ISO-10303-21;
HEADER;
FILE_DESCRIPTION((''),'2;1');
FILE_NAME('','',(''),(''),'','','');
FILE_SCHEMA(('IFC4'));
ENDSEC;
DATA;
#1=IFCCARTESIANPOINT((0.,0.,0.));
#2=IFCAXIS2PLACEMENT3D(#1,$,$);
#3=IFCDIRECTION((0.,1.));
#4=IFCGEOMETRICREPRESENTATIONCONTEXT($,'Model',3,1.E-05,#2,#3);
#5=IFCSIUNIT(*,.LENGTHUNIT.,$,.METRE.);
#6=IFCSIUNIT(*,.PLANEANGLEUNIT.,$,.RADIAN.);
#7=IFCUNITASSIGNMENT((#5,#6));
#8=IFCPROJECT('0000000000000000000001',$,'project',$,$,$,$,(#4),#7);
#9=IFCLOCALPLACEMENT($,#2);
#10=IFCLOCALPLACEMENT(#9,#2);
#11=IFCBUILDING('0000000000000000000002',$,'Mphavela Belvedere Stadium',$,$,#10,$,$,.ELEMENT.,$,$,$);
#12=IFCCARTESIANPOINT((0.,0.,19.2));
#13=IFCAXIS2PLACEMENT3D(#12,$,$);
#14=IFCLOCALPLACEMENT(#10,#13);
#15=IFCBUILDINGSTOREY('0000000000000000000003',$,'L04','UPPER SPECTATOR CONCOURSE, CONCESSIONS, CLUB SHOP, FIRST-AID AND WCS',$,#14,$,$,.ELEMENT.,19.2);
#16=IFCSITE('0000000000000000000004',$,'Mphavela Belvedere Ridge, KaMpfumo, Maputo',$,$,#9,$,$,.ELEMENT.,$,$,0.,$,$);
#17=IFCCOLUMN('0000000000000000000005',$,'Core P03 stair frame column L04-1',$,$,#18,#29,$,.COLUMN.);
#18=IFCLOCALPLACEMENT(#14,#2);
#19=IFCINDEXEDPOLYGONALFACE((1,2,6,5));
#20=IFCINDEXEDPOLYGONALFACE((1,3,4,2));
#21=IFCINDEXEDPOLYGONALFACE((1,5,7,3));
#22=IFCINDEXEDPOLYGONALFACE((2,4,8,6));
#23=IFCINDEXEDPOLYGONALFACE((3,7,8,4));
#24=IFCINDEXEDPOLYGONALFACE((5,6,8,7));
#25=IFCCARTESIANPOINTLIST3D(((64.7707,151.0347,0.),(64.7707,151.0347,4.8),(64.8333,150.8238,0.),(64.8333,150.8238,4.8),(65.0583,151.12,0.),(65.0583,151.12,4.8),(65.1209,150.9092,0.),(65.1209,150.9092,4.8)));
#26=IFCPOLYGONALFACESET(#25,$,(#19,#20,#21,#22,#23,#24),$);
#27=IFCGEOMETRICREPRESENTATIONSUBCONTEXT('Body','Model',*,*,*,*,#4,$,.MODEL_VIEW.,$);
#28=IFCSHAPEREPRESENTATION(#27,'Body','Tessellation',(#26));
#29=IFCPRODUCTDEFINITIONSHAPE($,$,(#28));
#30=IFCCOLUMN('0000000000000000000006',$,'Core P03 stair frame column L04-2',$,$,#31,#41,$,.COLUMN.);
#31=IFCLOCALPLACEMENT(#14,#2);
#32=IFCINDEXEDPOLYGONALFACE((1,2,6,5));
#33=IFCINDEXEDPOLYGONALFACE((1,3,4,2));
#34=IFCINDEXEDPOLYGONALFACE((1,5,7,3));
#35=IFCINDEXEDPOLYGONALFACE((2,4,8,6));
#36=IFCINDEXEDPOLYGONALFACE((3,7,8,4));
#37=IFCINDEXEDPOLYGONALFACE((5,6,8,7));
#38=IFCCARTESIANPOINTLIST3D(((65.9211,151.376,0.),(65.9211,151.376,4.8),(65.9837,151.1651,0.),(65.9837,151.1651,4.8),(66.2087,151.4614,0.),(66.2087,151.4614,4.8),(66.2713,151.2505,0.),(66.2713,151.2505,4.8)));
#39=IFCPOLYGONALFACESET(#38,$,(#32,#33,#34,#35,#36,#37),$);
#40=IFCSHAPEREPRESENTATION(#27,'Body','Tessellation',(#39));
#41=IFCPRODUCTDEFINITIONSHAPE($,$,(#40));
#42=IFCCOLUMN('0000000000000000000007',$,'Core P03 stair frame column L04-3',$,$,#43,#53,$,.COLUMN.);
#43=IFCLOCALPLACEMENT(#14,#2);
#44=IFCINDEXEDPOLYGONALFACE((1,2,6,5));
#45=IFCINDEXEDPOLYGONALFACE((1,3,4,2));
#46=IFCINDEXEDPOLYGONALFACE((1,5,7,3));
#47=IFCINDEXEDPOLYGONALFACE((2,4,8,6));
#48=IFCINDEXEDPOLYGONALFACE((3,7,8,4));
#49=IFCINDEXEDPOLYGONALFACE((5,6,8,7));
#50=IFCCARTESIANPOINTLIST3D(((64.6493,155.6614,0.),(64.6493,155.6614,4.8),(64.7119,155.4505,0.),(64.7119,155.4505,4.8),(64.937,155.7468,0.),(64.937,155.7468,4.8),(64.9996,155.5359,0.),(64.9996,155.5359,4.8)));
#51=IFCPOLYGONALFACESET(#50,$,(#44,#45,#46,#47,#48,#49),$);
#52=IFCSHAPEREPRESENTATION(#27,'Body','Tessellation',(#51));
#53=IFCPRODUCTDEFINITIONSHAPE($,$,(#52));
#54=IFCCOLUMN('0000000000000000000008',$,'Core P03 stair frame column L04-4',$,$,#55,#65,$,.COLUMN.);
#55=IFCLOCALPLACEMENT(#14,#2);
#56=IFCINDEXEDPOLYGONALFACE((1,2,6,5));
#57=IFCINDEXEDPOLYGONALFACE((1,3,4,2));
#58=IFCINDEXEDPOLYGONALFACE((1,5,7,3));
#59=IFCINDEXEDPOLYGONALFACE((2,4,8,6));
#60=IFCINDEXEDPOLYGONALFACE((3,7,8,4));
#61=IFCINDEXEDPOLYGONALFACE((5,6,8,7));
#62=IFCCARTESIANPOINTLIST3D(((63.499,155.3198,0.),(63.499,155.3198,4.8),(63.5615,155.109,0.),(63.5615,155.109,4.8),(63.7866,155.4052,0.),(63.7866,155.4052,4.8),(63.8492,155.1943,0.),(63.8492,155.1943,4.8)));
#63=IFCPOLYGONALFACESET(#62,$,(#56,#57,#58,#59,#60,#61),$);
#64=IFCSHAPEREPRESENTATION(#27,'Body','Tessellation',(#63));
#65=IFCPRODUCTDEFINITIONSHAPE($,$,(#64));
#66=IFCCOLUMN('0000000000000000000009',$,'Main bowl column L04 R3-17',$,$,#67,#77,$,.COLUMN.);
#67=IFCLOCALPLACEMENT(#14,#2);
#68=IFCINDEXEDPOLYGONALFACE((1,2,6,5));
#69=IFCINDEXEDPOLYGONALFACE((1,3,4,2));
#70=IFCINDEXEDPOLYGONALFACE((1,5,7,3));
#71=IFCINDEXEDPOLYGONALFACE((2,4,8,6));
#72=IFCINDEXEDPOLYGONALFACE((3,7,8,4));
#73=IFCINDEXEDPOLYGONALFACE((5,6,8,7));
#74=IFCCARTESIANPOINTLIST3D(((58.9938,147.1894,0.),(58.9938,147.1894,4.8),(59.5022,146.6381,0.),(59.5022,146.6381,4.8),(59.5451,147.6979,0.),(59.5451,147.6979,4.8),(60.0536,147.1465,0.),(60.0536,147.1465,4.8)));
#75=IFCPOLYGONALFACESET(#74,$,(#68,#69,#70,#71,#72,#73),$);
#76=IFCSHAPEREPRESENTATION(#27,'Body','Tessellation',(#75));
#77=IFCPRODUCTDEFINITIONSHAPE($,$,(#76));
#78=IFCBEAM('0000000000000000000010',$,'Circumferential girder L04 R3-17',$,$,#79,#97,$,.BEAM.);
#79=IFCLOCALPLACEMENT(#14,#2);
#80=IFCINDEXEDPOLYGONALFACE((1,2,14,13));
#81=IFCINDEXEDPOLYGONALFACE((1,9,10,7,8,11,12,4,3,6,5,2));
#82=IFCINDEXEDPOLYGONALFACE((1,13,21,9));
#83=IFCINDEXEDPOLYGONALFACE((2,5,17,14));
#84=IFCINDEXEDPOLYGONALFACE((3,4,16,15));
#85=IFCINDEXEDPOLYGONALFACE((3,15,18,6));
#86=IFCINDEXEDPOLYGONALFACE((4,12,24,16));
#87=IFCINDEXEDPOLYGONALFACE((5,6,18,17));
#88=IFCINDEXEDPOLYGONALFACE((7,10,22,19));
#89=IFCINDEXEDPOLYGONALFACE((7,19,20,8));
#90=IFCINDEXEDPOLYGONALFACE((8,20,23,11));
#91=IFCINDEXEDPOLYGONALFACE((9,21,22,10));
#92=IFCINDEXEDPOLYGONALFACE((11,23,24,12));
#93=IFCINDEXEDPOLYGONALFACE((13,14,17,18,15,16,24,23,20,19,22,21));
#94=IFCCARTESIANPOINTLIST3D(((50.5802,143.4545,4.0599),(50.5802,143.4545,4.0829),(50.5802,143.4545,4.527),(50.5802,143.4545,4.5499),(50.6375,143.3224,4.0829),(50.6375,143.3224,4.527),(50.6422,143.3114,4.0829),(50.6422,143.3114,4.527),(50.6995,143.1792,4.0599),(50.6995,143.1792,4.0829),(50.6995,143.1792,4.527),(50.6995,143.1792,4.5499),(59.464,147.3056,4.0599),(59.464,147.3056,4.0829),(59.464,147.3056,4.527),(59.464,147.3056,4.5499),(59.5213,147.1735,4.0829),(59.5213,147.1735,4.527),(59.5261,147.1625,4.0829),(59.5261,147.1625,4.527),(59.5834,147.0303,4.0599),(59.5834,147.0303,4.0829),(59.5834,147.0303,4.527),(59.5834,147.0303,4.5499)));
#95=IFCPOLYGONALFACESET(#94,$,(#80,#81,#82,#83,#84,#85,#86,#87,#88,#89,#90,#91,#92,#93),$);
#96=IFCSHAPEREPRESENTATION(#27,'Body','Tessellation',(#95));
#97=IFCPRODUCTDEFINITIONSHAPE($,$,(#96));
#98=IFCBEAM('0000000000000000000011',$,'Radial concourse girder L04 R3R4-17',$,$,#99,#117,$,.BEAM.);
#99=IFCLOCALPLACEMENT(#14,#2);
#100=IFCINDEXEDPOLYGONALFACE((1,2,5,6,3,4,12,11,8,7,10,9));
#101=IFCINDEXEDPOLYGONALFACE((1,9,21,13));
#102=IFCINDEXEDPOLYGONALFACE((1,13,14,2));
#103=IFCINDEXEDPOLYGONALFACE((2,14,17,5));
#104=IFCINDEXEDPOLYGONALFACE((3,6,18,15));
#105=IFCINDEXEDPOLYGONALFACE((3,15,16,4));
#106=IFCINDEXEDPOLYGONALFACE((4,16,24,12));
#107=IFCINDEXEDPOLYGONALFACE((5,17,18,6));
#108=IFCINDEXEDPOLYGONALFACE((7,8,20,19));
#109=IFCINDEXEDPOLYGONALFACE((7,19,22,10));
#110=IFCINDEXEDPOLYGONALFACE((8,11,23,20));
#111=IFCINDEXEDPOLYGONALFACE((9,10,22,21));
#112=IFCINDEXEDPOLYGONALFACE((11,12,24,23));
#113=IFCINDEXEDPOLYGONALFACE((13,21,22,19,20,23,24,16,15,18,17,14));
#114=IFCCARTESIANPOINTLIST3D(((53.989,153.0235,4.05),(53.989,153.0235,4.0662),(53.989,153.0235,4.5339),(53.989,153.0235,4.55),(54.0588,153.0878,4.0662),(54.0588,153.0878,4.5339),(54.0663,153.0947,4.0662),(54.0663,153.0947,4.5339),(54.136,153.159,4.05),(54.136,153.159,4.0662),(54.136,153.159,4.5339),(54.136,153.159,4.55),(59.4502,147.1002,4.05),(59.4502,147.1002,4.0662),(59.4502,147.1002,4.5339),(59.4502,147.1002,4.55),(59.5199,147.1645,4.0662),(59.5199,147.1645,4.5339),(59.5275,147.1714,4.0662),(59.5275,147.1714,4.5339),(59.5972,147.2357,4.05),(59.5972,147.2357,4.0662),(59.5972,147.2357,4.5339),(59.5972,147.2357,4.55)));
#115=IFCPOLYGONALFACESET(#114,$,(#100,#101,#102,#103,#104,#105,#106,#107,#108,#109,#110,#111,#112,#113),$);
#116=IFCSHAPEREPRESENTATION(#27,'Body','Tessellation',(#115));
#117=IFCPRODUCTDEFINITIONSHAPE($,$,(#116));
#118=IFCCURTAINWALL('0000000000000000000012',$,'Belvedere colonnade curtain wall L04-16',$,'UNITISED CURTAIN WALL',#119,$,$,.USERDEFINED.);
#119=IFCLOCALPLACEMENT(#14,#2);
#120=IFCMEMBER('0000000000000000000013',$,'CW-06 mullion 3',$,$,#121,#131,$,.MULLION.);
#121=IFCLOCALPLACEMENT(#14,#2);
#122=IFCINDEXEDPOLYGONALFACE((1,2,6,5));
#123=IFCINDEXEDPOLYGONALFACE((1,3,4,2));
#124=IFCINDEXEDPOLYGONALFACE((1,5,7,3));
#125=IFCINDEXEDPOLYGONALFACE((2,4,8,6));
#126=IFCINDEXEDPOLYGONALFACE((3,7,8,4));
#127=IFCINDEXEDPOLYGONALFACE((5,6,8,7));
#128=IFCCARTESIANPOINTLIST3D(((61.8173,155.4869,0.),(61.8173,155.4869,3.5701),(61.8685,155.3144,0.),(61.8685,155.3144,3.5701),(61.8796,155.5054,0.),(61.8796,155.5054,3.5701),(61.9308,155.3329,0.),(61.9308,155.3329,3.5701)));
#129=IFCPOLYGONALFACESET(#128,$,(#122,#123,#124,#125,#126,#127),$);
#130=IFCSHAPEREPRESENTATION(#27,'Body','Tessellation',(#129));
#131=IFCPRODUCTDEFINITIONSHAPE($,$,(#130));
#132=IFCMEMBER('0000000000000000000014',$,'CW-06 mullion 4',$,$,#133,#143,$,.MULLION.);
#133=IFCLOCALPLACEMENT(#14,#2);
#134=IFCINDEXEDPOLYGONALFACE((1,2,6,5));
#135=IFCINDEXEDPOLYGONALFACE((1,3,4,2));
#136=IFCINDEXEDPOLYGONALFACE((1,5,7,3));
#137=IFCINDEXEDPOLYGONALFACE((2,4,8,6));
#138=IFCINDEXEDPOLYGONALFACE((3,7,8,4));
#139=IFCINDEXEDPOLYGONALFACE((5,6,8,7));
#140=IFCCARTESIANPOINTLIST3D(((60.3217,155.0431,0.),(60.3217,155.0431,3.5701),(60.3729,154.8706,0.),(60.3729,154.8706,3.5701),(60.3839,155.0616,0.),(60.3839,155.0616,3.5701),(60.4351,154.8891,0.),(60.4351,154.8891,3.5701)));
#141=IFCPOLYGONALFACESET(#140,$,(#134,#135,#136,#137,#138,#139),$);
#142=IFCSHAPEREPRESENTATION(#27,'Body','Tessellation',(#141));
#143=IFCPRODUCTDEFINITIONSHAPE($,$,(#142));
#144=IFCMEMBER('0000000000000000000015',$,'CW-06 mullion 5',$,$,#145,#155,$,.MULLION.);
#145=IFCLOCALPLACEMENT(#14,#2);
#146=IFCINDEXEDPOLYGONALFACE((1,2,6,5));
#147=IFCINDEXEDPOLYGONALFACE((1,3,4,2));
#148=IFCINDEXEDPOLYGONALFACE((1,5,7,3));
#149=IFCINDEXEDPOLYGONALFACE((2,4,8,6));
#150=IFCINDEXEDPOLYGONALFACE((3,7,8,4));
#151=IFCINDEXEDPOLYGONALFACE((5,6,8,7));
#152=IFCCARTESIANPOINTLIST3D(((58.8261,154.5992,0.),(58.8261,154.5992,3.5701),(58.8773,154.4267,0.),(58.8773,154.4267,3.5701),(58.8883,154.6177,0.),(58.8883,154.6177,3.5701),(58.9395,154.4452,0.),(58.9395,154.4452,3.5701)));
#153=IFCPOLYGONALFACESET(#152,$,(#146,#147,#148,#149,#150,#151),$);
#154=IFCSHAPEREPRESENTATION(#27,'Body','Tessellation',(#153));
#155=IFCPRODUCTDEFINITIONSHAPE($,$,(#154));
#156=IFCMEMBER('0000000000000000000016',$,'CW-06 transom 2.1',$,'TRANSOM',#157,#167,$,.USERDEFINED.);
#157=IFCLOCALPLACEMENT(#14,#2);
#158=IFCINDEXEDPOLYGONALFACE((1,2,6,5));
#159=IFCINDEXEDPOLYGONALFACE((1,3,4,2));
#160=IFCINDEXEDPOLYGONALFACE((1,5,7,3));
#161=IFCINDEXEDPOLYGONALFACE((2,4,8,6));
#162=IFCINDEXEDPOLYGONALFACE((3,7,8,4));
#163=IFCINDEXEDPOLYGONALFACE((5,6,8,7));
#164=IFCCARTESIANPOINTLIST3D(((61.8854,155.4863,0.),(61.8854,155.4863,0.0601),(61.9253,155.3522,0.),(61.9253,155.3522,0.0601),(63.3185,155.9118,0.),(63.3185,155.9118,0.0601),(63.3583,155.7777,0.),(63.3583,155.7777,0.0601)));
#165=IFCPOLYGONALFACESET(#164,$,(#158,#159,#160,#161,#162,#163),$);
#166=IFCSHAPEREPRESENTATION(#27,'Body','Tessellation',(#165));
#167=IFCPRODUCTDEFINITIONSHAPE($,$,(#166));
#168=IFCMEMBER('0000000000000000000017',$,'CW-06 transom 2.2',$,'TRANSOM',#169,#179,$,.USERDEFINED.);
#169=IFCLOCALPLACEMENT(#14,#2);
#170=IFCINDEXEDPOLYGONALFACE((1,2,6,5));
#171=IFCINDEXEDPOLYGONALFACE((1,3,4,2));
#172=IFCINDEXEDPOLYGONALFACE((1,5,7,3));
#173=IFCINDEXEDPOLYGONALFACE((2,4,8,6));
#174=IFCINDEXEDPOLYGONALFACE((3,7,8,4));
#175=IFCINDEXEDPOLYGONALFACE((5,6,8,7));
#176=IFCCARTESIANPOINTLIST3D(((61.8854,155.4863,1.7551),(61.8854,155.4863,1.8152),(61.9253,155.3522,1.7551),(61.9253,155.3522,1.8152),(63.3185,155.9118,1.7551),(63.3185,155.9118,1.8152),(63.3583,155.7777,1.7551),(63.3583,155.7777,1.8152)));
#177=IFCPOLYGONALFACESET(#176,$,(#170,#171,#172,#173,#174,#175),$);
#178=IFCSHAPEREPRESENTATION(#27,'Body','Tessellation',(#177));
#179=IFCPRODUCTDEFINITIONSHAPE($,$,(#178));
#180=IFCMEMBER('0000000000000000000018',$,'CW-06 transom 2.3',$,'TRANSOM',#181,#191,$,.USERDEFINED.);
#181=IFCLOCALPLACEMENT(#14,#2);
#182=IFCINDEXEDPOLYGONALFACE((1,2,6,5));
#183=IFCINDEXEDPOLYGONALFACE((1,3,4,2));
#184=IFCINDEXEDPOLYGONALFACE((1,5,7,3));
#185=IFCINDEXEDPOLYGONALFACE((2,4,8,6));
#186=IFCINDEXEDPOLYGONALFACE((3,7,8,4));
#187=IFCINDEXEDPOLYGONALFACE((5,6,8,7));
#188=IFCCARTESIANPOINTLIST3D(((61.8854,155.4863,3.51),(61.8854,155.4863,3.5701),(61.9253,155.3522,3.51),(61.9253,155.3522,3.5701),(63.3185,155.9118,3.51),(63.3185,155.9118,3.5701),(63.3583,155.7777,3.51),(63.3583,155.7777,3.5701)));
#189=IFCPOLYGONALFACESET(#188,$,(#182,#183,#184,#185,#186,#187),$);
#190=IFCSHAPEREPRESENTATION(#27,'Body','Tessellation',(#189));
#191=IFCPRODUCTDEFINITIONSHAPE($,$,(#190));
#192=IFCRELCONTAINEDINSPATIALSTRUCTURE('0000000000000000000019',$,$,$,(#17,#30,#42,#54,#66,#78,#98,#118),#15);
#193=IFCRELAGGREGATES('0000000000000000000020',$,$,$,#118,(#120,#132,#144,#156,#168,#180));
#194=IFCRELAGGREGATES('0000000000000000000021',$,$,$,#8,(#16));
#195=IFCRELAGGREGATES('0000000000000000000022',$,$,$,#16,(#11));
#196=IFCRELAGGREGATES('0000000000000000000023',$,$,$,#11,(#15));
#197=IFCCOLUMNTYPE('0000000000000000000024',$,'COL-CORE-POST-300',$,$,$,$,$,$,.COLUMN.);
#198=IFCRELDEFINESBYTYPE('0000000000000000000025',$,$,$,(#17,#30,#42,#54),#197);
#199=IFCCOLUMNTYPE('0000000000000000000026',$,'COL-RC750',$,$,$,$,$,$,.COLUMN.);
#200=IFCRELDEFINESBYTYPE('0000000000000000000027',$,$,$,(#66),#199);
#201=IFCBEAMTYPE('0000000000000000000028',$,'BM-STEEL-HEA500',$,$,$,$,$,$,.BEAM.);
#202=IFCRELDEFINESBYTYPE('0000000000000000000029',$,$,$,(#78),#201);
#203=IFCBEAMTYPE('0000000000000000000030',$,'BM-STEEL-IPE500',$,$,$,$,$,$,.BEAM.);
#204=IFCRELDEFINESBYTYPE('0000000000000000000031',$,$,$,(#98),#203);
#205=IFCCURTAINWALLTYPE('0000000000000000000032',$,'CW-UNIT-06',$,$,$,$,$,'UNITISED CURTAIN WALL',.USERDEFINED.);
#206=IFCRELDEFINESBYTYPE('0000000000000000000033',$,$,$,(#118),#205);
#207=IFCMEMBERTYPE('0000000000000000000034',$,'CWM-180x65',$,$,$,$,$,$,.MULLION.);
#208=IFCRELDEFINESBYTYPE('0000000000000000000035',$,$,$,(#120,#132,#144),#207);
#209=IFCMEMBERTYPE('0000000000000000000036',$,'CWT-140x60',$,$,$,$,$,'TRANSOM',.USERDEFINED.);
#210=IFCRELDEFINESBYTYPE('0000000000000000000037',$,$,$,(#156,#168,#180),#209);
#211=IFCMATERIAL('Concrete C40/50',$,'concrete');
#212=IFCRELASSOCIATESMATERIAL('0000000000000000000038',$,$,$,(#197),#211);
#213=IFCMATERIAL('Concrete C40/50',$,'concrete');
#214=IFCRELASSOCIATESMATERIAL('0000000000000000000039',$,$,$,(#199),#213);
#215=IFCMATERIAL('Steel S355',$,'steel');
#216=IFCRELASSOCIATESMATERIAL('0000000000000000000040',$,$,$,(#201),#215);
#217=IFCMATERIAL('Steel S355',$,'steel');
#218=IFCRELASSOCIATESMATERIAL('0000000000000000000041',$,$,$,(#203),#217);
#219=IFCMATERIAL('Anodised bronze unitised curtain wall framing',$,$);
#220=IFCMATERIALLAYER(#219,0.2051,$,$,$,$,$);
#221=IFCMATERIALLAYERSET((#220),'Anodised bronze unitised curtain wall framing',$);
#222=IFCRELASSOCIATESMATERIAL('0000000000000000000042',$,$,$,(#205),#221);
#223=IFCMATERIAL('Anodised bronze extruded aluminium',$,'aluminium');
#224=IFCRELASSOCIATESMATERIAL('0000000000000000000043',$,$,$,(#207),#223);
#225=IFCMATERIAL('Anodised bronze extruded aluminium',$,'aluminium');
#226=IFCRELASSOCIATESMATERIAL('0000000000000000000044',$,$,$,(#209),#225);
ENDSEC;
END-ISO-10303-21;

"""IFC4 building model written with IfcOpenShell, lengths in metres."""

from ifc_helpers import new_model, si_unit, direction, frame, origin, origin_2d, place, context, subcontext, project, spatial, rectangle, i_section, extrude, material, layer, layer_set, material_profile, profile_set, type_object, element, aggregate, save


model = new_model("IFC4")

# Units and contexts
model_context = context("Model", 3, precision=1e-05, world=origin(), true_north=direction((0.0, 1.0)))
body_context = subcontext(model_context, "Body", "Model", "MODEL_VIEW")
ifc_project = project(units=[si_unit("LENGTHUNIT", "METRE"), si_unit("PLANEANGLEUNIT", "RADIAN")], contexts=[model_context])

# Site, building, storey
site_placement = place(None, origin())
site = spatial("IfcSite", under=ifc_project, at=site_placement, Name="Mphavela Belvedere Ridge, KaMpfumo, Maputo", CompositionType="ELEMENT", RefElevation=0.0)
building_placement = place(site_placement, origin())
building = spatial("IfcBuilding", under=site, at=building_placement, Name="Mphavela Belvedere Stadium", CompositionType="ELEMENT")
storey_placement = place(building_placement, frame((0.0, 0.0, 19.2)))
storey = spatial("IfcBuildingStorey", under=building, at=storey_placement, Name="L04", Description="UPPER SPECTATOR CONCOURSE, CONCESSIONS, CLUB SHOP, FIRST-AID AND WCS", CompositionType="ELEMENT", Elevation=19.2)

# Columns
ifc_material_1 = material(Name="Concrete C40/50", Category="concrete")
ifc_material_profile_1 = material_profile(ifc_material_1, rectangle(XDim=0.3, YDim=0.22, at=origin_2d()), Name="RC 300x220")
ifc_profile_set_1 = profile_set([ifc_material_profile_1], Name="Concrete C40/50")
column_type_1 = type_object("IfcColumnType", Name="COL-CORE-POST-300", PredefinedType="COLUMN", material=ifc_profile_set_1)
for number, where, z_axis, x_axis, name in (
    (1, (64.9458, 150.9719, 0.0), (0.0, 0.0, 1.0), (0.958671, 0.284517, 0.0), "Core P03 stair frame column L04-1"),
    (2, (66.0962, 151.3132, 0.0), (0.0, 0.0, 1.0), (0.958671, 0.284517, 0.0), "Core P03 stair frame column L04-2"),
    (3, (64.8245, 155.5986, 0.0), (0.0, 0.0, 1.0), (0.958671, 0.284517, 0.0), "Core P03 stair frame column L04-3"),
    (4, (63.6741, 155.2571, 0.0), (0.0, 0.0, 1.0), (0.958671, 0.284517, 0.0), "Core P03 stair frame column L04-4"),
):
    element("IfcColumn", number, at=place(storey_placement, frame(where, z_axis=z_axis, x_axis=x_axis)), inside=storey, type_object=column_type_1, Name=name, PredefinedType="COLUMN", context=body_context, shape_type="SweptSolid", body=[
        extrude(rectangle(XDim=0.3, YDim=0.22, at=origin_2d()), origin(), (0.0, 0.0, 1.0), 4.8),
    ])
ifc_material_2 = material(Name="Concrete C40/50", Category="concrete")
ifc_material_profile_2 = material_profile(ifc_material_2, rectangle(XDim=0.75, YDim=0.75, at=origin_2d()), Name="RC 750x750")
ifc_profile_set_2 = profile_set([ifc_material_profile_2], Name="Concrete C40/50")
column_type_2 = type_object("IfcColumnType", Name="COL-RC750", PredefinedType="COLUMN", material=ifc_profile_set_2)
column_placement = place(storey_placement, frame((59.5237, 147.168, 0.0), z_axis=(0.0, 0.0, 1.0), x_axis=(-0.677903, 0.735151, 0.0)))
element("IfcColumn", 5, at=column_placement, inside=storey, type_object=column_type_2, Name="Main bowl column L04 R3-17", PredefinedType="COLUMN", context=body_context, shape_type="SweptSolid", body=[
    extrude(rectangle(XDim=0.75, YDim=0.75, at=origin_2d()), origin(), (0.0, 0.0, 1.0), 4.8),
])

# Beams
ifc_material_3 = material(Name="Steel S355", Category="steel")
ifc_material_profile_3 = material_profile(ifc_material_3, i_section(OverallWidth=0.3, OverallDepth=0.49, WebThickness=0.012, FlangeThickness=0.0229, at=origin_2d()), Name="HEA 500")
ifc_profile_set_3 = profile_set([ifc_material_profile_3], Name="Steel S355")
beam_type_1 = type_object("IfcBeamType", Name="BM-STEEL-HEA500", PredefinedType="BEAM", material=ifc_profile_set_3)
beam_1_placement = place(storey_placement, frame((59.5237, 147.168, 4.3049), z_axis=(-0.917502, -0.397732, 0.0), x_axis=(0.397732, -0.917502, 0.0)))
element("IfcBeam", 6, at=beam_1_placement, inside=storey, type_object=beam_type_1, Name="Circumferential girder L04 R3-17", PredefinedType="BEAM", context=body_context, shape_type="SweptSolid", body=[
    extrude(i_section(OverallWidth=0.3, OverallDepth=0.49, WebThickness=0.012, FlangeThickness=0.0229, at=origin_2d()), origin(), (0.0, 0.0, 1.0), 9.6826),
])
ifc_material_4 = material(Name="Steel S355", Category="steel")
ifc_material_profile_4 = material_profile(ifc_material_4, i_section(OverallWidth=0.2, OverallDepth=0.5, WebThickness=0.0103, FlangeThickness=0.0161, at=origin_2d()), Name="IPE 500")
ifc_profile_set_4 = profile_set([ifc_material_profile_4], Name="Steel S355")
beam_type_2 = type_object("IfcBeamType", Name="BM-STEEL-IPE500", PredefinedType="BEAM", material=ifc_profile_set_4)
beam_2_placement = place(storey_placement, frame((59.5237, 147.168, 4.3), z_axis=(-0.677843, 0.735206, 0.0), x_axis=(-0.735206, -0.677843, 0.0)))
element("IfcBeam", 7, at=beam_2_placement, inside=storey, type_object=beam_type_2, Name="Radial concourse girder L04 R3R4-17", PredefinedType="BEAM", context=body_context, shape_type="SweptSolid", body=[
    extrude(i_section(OverallWidth=0.2, OverallDepth=0.5, WebThickness=0.0103, FlangeThickness=0.0161, at=origin_2d()), origin(), (0.0, 0.0, 1.0), 8.0566),
])

# Curtain wall, members
ifc_material_5 = material(Name="Anodised bronze unitised curtain wall framing")
ifc_layer_1 = layer(ifc_material_5, 0.2051)
ifc_layer_set_1 = layer_set([ifc_layer_1], Name="Anodised bronze unitised curtain wall framing")
curtain_wall_type = type_object("IfcCurtainWallType", Name="CW-UNIT-06", ElementType="UNITISED CURTAIN WALL", PredefinedType="USERDEFINED", material=ifc_layer_set_1)
curtain_wall_placement = place(storey_placement, origin())
curtain_wall = element("IfcCurtainWall", 8, at=curtain_wall_placement, inside=storey, type_object=curtain_wall_type, Name="Belvedere colonnade curtain wall L04-16", ObjectType="UNITISED CURTAIN WALL", PredefinedType="USERDEFINED")
ifc_material_6 = material(Name="Anodised bronze extruded aluminium", Category="aluminium")
ifc_material_profile_5 = material_profile(ifc_material_6, rectangle(XDim=0.1799, YDim=0.0649, at=origin_2d()), Name="CW-MUL 180x65")
ifc_profile_set_5 = profile_set([ifc_material_profile_5], Name="Anodised bronze extruded aluminium")
member_type_1 = type_object("IfcMemberType", Name="CWM-180x65", PredefinedType="MULLION", material=ifc_profile_set_5)
member_1_placement = place(storey_placement, frame((61.874, 155.4099, 0.0), z_axis=(0.0, 0.0, 1.0), x_axis=(0.284561, -0.958658, 0.0)))
member_1 = element("IfcMember", 9, at=member_1_placement, type_object=member_type_1, Name="CW-06 mullion 3", PredefinedType="MULLION", context=body_context, shape_type="SweptSolid", body=[
    extrude(rectangle(XDim=0.1799, YDim=0.0649, at=origin_2d()), origin(), (0.0, 0.0, 1.0), 3.5701),
])
member_2_placement = place(storey_placement, frame((60.3784, 154.9661, 0.0), z_axis=(0.0, 0.0, 1.0), x_axis=(0.284561, -0.958658, 0.0)))
member_2 = element("IfcMember", 10, at=member_2_placement, type_object=member_type_1, Name="CW-06 mullion 4", PredefinedType="MULLION", context=body_context, shape_type="SweptSolid", body=[
    extrude(rectangle(XDim=0.1799, YDim=0.0649, at=origin_2d()), origin(), (0.0, 0.0, 1.0), 3.5701),
])
member_3_placement = place(storey_placement, frame((58.8828, 154.5222, 0.0), z_axis=(0.0, 0.0, 1.0), x_axis=(0.284561, -0.958658, 0.0)))
member_3 = element("IfcMember", 11, at=member_3_placement, type_object=member_type_1, Name="CW-06 mullion 5", PredefinedType="MULLION", context=body_context, shape_type="SweptSolid", body=[
    extrude(rectangle(XDim=0.1799, YDim=0.0649, at=origin_2d()), origin(), (0.0, 0.0, 1.0), 3.5701),
])
ifc_material_7 = material(Name="Anodised bronze extruded aluminium", Category="aluminium")
ifc_material_profile_6 = material_profile(ifc_material_7, rectangle(XDim=0.1399, YDim=0.0601, at=origin_2d()), Name="CW-TRN 140x60")
ifc_profile_set_6 = profile_set([ifc_material_profile_6], Name="Anodised bronze extruded aluminium")
member_type_2 = type_object("IfcMemberType", Name="CWT-140x60", ElementType="TRANSOM", PredefinedType="USERDEFINED", material=ifc_profile_set_6)
member_4_placement = place(storey_placement, frame((63.3384, 155.8447, 0.03), z_axis=(-0.958632, -0.28465, 0.0), x_axis=(0.28465, -0.958632, 0.0)))
member_4 = element("IfcMember", 12, at=member_4_placement, type_object=member_type_2, Name="CW-06 transom 2.1", ObjectType="TRANSOM", PredefinedType="USERDEFINED", context=body_context, shape_type="SweptSolid", body=[
    extrude(rectangle(XDim=0.1399, YDim=0.0601, at=origin_2d()), origin(), (0.0, 0.0, 1.0), 1.4949),
])
member_5_placement = place(storey_placement, frame((63.3384, 155.8447, 1.7852), z_axis=(-0.958632, -0.28465, 0.0), x_axis=(0.28465, -0.958632, 0.0)))
member_5 = element("IfcMember", 13, at=member_5_placement, type_object=member_type_2, Name="CW-06 transom 2.2", ObjectType="TRANSOM", PredefinedType="USERDEFINED", context=body_context, shape_type="SweptSolid", body=[
    extrude(rectangle(XDim=0.1399, YDim=0.0601, at=origin_2d()), origin(), (0.0, 0.0, 1.0), 1.4949),
])
member_6_placement = place(storey_placement, frame((63.3384, 155.8447, 3.54), z_axis=(-0.958632, -0.28465, 0.0), x_axis=(0.28465, -0.958632, 0.0)))
member_6 = element("IfcMember", 14, at=member_6_placement, type_object=member_type_2, Name="CW-06 transom 2.3", ObjectType="TRANSOM", PredefinedType="USERDEFINED", context=body_context, shape_type="SweptSolid", body=[
    extrude(rectangle(XDim=0.1399, YDim=0.0601, at=origin_2d()), origin(), (0.0, 0.0, 1.0), 1.4949),
])
aggregate(curtain_wall, [member_1, member_2, member_3, member_4, member_5, member_6])

save(model, "model.ifc")
